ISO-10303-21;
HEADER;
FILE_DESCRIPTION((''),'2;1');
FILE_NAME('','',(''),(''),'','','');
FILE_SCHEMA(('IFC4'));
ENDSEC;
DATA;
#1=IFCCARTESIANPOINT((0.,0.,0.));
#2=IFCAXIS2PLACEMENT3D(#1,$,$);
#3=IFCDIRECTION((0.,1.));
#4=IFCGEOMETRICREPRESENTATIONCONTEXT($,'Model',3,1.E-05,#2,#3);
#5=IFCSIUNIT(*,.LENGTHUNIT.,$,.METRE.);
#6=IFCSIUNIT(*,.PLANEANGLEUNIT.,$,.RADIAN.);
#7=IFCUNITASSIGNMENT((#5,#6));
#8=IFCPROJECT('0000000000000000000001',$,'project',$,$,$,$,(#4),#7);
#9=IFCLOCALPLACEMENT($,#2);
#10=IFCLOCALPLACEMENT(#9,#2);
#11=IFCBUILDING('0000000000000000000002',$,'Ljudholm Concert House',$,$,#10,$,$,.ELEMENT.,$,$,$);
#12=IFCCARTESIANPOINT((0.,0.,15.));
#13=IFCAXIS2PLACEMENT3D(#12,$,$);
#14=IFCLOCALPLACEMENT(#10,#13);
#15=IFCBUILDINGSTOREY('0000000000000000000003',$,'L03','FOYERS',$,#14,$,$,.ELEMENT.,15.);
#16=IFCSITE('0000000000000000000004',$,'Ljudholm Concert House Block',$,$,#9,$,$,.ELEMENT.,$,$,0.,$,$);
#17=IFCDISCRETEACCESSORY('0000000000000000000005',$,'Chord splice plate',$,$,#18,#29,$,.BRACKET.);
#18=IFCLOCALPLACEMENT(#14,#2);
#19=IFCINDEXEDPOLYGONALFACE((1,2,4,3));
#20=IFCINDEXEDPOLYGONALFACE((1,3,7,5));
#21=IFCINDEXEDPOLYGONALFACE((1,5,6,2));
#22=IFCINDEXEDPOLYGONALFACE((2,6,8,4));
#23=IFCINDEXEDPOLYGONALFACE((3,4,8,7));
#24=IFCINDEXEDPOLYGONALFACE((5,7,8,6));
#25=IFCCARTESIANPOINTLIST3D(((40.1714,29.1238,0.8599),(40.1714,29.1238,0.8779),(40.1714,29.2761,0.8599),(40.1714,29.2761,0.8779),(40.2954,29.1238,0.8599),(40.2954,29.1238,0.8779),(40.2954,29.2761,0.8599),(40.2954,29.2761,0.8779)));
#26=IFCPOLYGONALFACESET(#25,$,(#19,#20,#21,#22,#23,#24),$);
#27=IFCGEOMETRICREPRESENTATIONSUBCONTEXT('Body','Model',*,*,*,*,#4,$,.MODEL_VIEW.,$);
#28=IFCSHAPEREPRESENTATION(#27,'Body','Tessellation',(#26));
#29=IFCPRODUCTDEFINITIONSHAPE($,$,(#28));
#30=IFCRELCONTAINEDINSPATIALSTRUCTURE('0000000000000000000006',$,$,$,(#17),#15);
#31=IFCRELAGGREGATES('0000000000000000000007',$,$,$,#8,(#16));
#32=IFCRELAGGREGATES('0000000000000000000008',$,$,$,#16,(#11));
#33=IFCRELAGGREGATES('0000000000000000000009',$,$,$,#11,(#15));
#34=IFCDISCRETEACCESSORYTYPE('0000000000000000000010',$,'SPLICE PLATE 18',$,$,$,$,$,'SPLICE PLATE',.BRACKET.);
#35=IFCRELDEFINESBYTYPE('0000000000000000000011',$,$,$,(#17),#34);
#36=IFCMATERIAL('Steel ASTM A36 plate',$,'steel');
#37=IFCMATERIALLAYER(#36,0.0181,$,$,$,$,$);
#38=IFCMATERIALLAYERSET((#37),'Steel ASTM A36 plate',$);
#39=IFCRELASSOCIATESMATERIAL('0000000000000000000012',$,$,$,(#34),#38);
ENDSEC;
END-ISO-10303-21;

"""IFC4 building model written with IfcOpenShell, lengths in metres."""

from ifc_helpers import new_model, si_unit, direction, frame, origin, origin_2d, place, context, subcontext, project, spatial, rectangle, extrude, material, layer, layer_set, type_object, element, save


model = new_model("IFC4")

# Units and contexts
model_context = context("Model", 3, precision=1e-05, world=origin(), true_north=direction((0.0, 1.0)))
body_context = subcontext(model_context, "Body", "Model", "MODEL_VIEW")
ifc_project = project(units=[si_unit("LENGTHUNIT", "METRE"), si_unit("PLANEANGLEUNIT", "RADIAN")], contexts=[model_context])

# Site, building, storey
site_placement = place(None, origin())
site = spatial("IfcSite", under=ifc_project, at=site_placement, Name="Ljudholm Concert House Block", CompositionType="ELEMENT", RefElevation=0.0)
building_placement = place(site_placement, origin())
building = spatial("IfcBuilding", under=site, at=building_placement, Name="Ljudholm Concert House", CompositionType="ELEMENT")
storey_placement = place(building_placement, frame((0.0, 0.0, 15.0)))
storey = spatial("IfcBuildingStorey", under=building, at=storey_placement, Name="L03", Description="FOYERS", CompositionType="ELEMENT", Elevation=15.0)

# Discrete accessory
ifc_material_1 = material(Name="Steel ASTM A36 plate", Category="steel")
ifc_layer_1 = layer(ifc_material_1, 0.0181)
ifc_layer_set_1 = layer_set([ifc_layer_1], Name="Steel ASTM A36 plate")
discrete_accessory_type_1 = type_object("IfcDiscreteAccessoryType", Name="SPLICE PLATE 18", ElementType="SPLICE PLATE", PredefinedType="BRACKET", material=ifc_layer_set_1)
discrete_accessory_1_placement = place(storey_placement, frame((40.2334, 29.2, 0.8599), z_axis=(0.0, 0.0, 1.0), x_axis=(1.0, 0.0, 0.0)))
element("IfcDiscreteAccessory", 1, at=discrete_accessory_1_placement, inside=storey, type_object=discrete_accessory_type_1, Name="Chord splice plate", PredefinedType="BRACKET", context=body_context, shape_type="SweptSolid", body=[
    extrude(rectangle(XDim=0.124, YDim=0.1523, at=origin_2d()), origin(), (0.0, 0.0, 1.0), 0.0181),
])

save(model, "model.ifc")
